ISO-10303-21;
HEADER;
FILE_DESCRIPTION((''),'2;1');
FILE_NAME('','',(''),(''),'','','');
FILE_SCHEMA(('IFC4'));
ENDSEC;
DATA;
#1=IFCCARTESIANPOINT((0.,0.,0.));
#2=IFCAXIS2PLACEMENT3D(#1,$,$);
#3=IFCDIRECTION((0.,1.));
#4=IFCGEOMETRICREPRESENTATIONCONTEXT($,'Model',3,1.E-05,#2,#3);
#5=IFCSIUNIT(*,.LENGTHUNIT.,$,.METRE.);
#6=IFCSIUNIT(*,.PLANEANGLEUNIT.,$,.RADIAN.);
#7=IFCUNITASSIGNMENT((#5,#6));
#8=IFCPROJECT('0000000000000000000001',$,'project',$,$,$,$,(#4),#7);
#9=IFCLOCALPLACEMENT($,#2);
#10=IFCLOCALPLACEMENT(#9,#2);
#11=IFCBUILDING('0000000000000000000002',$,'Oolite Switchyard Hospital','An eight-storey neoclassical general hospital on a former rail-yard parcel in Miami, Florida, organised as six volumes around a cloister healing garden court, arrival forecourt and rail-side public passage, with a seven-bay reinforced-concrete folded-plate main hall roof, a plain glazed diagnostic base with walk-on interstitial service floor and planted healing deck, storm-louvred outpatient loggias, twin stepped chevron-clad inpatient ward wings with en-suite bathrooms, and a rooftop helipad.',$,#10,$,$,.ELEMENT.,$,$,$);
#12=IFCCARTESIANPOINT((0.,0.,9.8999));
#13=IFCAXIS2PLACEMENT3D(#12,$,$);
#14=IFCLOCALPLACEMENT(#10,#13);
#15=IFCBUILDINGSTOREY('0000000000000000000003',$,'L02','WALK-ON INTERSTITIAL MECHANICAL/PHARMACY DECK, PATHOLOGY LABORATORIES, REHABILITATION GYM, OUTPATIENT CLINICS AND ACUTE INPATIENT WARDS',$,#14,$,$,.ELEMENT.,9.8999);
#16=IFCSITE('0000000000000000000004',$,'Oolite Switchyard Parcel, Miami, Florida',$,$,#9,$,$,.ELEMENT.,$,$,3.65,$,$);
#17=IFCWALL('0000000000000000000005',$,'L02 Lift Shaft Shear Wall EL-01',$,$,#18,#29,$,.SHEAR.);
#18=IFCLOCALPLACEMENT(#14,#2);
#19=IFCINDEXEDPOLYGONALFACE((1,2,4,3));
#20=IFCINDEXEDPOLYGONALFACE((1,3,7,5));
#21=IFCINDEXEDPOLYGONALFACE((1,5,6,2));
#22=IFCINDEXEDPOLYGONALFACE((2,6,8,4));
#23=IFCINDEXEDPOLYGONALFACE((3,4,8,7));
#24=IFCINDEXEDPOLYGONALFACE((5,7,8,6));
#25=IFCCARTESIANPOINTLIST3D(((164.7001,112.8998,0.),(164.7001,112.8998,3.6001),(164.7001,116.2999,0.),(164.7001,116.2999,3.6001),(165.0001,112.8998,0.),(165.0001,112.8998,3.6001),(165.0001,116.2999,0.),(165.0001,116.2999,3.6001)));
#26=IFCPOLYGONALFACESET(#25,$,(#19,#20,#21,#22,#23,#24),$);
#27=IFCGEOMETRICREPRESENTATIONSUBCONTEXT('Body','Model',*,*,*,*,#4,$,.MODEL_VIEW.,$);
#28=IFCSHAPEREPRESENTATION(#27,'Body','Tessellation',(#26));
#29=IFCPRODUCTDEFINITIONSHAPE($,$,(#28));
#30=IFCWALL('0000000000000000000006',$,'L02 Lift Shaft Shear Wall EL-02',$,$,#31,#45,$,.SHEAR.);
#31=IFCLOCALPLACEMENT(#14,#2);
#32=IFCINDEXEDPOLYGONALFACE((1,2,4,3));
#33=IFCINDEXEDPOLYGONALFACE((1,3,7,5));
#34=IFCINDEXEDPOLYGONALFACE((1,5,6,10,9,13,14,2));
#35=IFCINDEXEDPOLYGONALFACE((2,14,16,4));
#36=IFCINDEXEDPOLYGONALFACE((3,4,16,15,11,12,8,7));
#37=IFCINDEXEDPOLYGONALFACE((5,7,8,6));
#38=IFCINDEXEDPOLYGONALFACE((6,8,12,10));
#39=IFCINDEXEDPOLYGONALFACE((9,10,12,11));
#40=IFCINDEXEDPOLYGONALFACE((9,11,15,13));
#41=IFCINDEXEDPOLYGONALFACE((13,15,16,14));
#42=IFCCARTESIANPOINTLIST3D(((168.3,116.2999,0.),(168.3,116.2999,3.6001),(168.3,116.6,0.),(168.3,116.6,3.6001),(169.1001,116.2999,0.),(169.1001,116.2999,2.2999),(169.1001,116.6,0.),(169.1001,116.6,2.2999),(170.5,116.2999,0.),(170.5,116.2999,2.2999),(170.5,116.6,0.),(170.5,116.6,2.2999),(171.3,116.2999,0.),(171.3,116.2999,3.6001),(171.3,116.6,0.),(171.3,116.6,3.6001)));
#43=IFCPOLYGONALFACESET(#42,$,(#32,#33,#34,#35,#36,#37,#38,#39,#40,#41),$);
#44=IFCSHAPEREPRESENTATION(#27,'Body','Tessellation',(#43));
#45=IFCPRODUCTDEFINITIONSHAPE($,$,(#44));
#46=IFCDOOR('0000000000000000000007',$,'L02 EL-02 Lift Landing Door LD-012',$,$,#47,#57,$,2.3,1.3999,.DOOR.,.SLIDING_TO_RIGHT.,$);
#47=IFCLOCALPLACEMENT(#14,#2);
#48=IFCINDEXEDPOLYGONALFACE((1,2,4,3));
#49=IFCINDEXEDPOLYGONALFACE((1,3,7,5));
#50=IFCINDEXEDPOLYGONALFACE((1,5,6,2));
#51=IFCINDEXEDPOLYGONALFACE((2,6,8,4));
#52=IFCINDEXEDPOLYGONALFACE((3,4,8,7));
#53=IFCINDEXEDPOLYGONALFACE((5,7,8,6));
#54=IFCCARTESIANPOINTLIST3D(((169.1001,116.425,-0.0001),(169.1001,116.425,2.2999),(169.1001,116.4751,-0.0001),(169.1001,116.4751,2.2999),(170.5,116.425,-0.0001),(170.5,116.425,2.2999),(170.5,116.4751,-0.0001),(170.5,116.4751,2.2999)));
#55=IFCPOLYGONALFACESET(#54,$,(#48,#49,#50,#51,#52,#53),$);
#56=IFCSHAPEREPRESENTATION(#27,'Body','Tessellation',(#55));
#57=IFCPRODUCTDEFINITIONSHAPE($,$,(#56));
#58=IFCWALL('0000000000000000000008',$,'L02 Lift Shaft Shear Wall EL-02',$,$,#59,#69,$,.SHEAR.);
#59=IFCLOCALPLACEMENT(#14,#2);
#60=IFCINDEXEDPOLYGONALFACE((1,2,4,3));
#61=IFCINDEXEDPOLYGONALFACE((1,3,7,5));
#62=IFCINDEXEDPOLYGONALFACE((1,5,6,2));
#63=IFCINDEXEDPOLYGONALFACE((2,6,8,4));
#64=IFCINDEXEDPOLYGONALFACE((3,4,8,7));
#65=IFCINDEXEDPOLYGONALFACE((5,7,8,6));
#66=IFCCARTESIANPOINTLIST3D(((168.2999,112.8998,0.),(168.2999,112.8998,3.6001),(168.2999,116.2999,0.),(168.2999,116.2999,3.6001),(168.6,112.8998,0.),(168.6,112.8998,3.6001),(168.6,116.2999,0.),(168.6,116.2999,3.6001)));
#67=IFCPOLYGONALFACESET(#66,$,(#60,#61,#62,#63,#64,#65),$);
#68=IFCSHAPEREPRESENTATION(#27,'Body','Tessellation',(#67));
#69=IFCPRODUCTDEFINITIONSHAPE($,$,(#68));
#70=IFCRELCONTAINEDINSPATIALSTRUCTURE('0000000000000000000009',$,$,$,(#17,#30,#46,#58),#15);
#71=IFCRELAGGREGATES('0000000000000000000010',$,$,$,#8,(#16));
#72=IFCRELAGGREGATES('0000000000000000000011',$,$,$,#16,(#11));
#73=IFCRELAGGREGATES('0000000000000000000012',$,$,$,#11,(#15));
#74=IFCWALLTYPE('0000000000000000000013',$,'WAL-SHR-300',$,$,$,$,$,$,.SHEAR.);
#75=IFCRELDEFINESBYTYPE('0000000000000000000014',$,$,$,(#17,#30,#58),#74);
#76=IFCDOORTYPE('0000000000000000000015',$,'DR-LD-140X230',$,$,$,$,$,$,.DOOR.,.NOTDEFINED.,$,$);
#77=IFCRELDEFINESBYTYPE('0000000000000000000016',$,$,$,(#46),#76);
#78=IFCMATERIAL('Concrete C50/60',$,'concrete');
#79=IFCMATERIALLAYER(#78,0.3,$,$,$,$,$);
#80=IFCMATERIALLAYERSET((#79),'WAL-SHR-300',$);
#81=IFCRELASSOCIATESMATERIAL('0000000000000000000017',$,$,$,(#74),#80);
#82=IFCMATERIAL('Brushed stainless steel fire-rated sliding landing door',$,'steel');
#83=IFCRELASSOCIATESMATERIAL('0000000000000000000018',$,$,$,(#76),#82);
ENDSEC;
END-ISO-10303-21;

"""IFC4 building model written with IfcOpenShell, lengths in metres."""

from ifc_helpers import new_model, si_unit, direction, frame, frame_2d, origin, place, context, subcontext, project, spatial, rectangle, extrude, material, layer, layer_set, type_object, element, fill, save


model = new_model("IFC4")

# Units and contexts
model_context = context("Model", 3, precision=1e-05, world=origin(), true_north=direction((0.0, 1.0)))
body_context = subcontext(model_context, "Body", "Model", "MODEL_VIEW")
ifc_project = project(units=[si_unit("LENGTHUNIT", "METRE"), si_unit("PLANEANGLEUNIT", "RADIAN")], contexts=[model_context])

# Site, building, storey
site_placement = place(None, origin())
site = spatial("IfcSite", under=ifc_project, at=site_placement, Name="Oolite Switchyard Parcel, Miami, Florida", CompositionType="ELEMENT", RefElevation=3.65)
building_placement = place(site_placement, origin())
building = spatial("IfcBuilding", under=site, at=building_placement, Name="Oolite Switchyard Hospital", Description="An eight-storey neoclassical general hospital on a former rail-yard parcel in Miami, Florida, organised as six volumes around a cloister healing garden court, arrival forecourt and rail-side public passage, with a seven-bay reinforced-concrete folded-plate main hall roof, a plain glazed diagnostic base with walk-on interstitial service floor and planted healing deck, storm-louvred outpatient loggias, twin stepped chevron-clad inpatient ward wings with en-suite bathrooms, and a rooftop helipad.", CompositionType="ELEMENT")
storey_placement = place(building_placement, frame((0.0, 0.0, 9.8999)))
storey = spatial("IfcBuildingStorey", under=building, at=storey_placement, Name="L02", Description="WALK-ON INTERSTITIAL MECHANICAL/PHARMACY DECK, PATHOLOGY LABORATORIES, REHABILITATION GYM, OUTPATIENT CLINICS AND ACUTE INPATIENT WARDS", CompositionType="ELEMENT", Elevation=9.8999)

# Shared definitions
ifc_material_1 = material(Name="Concrete C50/60", Category="concrete")

# Shared definitions
ifc_layer_1 = layer(ifc_material_1, 0.3)
ifc_layer_set_1 = layer_set([ifc_layer_1], Name="WAL-SHR-300")
wall_type_1 = type_object("IfcWallType", Name="WAL-SHR-300", PredefinedType="SHEAR", material=ifc_layer_set_1)
ifc_material_2 = material(Name="Brushed stainless steel fire-rated sliding landing door", Category="steel")

# Wall
wall_1_placement = place(storey_placement, frame((164.8501, 116.3, 0.0), z_axis=(0.0, 0.0, 1.0), x_axis=(0.0, -1.0, 0.0)))
element("IfcWall", 1, at=wall_1_placement, inside=storey, type_object=wall_type_1, Name="L02 Lift Shaft Shear Wall EL-01", PredefinedType="SHEAR", context=body_context, shape_type="SweptSolid", body=[
    extrude(rectangle(XDim=3.4001, YDim=0.3, at=frame_2d((1.7002, 0.0))), origin(), (0.0, 0.0, 1.0), 3.6001),
])

# Wall, opening, door
wall_2_placement = place(storey_placement, frame((171.3, 116.45, 0.0), z_axis=(0.0, 0.0, 1.0), x_axis=(-1.0, 0.0, 0.0)))
wall_2 = element("IfcWall", 2, at=wall_2_placement, inside=storey, type_object=wall_type_1, Name="L02 Lift Shaft Shear Wall EL-02", PredefinedType="SHEAR", context=body_context, shape_type="SweptSolid", body=[
    extrude(rectangle(XDim=3.0, YDim=0.3, at=frame_2d((1.5, 0.0))), origin(), (0.0, 0.0, 1.0), 3.6001),
])
opening_1_placement = place(wall_2_placement, frame((0.8, 0.0, 0.0)))
opening_1 = element("IfcOpeningElement", 3, at=opening_1_placement, cuts=wall_2, PredefinedType="OPENING", context=body_context, shape_type="SweptSolid", body=[
    extrude(rectangle(XDim=1.3999, YDim=2.3, at=frame_2d((0.7, 1.1499))), frame((0.0, 0.1602, 0.0), z_axis=(0.0, -1.0, 0.0), x_axis=(1.0, 0.0, 0.0)), (0.0, 0.0, 1.0), 0.3201),
])
door_type_1 = type_object("IfcDoorType", Name="DR-LD-140X230", OperationType="NOTDEFINED", PredefinedType="DOOR", material=ifc_material_2)
door_1_placement = place(opening_1_placement, origin())
door_1 = element("IfcDoor", 4, at=door_1_placement, inside=storey, type_object=door_type_1, Name="L02 EL-02 Lift Landing Door LD-012", OperationType="SLIDING_TO_RIGHT", OverallHeight=2.3, OverallWidth=1.3999, PredefinedType="DOOR", context=body_context, shape_type="SweptSolid", body=[
    extrude(rectangle(XDim=1.3999, YDim=2.3, at=frame_2d((0.7, 1.1499))), frame((0.0, 0.0249, 0.0), z_axis=(0.0, -1.0, 0.0), x_axis=(1.0, 0.0, 0.0)), (0.0, 0.0, 1.0), 0.05),
])
fill(opening_1, door_1)

# Wall
wall_3_placement = place(storey_placement, frame((168.45, 116.3, 0.0), z_axis=(0.0, 0.0, 1.0), x_axis=(0.0, -1.0, 0.0)))
element("IfcWall", 5, at=wall_3_placement, inside=storey, type_object=wall_type_1, Name="L02 Lift Shaft Shear Wall EL-02", PredefinedType="SHEAR", context=body_context, shape_type="SweptSolid", body=[
    extrude(rectangle(XDim=3.4001, YDim=0.3, at=frame_2d((1.7002, 0.0))), origin(), (0.0, 0.0, 1.0), 3.6001),
])

save(model, "model.ifc")
